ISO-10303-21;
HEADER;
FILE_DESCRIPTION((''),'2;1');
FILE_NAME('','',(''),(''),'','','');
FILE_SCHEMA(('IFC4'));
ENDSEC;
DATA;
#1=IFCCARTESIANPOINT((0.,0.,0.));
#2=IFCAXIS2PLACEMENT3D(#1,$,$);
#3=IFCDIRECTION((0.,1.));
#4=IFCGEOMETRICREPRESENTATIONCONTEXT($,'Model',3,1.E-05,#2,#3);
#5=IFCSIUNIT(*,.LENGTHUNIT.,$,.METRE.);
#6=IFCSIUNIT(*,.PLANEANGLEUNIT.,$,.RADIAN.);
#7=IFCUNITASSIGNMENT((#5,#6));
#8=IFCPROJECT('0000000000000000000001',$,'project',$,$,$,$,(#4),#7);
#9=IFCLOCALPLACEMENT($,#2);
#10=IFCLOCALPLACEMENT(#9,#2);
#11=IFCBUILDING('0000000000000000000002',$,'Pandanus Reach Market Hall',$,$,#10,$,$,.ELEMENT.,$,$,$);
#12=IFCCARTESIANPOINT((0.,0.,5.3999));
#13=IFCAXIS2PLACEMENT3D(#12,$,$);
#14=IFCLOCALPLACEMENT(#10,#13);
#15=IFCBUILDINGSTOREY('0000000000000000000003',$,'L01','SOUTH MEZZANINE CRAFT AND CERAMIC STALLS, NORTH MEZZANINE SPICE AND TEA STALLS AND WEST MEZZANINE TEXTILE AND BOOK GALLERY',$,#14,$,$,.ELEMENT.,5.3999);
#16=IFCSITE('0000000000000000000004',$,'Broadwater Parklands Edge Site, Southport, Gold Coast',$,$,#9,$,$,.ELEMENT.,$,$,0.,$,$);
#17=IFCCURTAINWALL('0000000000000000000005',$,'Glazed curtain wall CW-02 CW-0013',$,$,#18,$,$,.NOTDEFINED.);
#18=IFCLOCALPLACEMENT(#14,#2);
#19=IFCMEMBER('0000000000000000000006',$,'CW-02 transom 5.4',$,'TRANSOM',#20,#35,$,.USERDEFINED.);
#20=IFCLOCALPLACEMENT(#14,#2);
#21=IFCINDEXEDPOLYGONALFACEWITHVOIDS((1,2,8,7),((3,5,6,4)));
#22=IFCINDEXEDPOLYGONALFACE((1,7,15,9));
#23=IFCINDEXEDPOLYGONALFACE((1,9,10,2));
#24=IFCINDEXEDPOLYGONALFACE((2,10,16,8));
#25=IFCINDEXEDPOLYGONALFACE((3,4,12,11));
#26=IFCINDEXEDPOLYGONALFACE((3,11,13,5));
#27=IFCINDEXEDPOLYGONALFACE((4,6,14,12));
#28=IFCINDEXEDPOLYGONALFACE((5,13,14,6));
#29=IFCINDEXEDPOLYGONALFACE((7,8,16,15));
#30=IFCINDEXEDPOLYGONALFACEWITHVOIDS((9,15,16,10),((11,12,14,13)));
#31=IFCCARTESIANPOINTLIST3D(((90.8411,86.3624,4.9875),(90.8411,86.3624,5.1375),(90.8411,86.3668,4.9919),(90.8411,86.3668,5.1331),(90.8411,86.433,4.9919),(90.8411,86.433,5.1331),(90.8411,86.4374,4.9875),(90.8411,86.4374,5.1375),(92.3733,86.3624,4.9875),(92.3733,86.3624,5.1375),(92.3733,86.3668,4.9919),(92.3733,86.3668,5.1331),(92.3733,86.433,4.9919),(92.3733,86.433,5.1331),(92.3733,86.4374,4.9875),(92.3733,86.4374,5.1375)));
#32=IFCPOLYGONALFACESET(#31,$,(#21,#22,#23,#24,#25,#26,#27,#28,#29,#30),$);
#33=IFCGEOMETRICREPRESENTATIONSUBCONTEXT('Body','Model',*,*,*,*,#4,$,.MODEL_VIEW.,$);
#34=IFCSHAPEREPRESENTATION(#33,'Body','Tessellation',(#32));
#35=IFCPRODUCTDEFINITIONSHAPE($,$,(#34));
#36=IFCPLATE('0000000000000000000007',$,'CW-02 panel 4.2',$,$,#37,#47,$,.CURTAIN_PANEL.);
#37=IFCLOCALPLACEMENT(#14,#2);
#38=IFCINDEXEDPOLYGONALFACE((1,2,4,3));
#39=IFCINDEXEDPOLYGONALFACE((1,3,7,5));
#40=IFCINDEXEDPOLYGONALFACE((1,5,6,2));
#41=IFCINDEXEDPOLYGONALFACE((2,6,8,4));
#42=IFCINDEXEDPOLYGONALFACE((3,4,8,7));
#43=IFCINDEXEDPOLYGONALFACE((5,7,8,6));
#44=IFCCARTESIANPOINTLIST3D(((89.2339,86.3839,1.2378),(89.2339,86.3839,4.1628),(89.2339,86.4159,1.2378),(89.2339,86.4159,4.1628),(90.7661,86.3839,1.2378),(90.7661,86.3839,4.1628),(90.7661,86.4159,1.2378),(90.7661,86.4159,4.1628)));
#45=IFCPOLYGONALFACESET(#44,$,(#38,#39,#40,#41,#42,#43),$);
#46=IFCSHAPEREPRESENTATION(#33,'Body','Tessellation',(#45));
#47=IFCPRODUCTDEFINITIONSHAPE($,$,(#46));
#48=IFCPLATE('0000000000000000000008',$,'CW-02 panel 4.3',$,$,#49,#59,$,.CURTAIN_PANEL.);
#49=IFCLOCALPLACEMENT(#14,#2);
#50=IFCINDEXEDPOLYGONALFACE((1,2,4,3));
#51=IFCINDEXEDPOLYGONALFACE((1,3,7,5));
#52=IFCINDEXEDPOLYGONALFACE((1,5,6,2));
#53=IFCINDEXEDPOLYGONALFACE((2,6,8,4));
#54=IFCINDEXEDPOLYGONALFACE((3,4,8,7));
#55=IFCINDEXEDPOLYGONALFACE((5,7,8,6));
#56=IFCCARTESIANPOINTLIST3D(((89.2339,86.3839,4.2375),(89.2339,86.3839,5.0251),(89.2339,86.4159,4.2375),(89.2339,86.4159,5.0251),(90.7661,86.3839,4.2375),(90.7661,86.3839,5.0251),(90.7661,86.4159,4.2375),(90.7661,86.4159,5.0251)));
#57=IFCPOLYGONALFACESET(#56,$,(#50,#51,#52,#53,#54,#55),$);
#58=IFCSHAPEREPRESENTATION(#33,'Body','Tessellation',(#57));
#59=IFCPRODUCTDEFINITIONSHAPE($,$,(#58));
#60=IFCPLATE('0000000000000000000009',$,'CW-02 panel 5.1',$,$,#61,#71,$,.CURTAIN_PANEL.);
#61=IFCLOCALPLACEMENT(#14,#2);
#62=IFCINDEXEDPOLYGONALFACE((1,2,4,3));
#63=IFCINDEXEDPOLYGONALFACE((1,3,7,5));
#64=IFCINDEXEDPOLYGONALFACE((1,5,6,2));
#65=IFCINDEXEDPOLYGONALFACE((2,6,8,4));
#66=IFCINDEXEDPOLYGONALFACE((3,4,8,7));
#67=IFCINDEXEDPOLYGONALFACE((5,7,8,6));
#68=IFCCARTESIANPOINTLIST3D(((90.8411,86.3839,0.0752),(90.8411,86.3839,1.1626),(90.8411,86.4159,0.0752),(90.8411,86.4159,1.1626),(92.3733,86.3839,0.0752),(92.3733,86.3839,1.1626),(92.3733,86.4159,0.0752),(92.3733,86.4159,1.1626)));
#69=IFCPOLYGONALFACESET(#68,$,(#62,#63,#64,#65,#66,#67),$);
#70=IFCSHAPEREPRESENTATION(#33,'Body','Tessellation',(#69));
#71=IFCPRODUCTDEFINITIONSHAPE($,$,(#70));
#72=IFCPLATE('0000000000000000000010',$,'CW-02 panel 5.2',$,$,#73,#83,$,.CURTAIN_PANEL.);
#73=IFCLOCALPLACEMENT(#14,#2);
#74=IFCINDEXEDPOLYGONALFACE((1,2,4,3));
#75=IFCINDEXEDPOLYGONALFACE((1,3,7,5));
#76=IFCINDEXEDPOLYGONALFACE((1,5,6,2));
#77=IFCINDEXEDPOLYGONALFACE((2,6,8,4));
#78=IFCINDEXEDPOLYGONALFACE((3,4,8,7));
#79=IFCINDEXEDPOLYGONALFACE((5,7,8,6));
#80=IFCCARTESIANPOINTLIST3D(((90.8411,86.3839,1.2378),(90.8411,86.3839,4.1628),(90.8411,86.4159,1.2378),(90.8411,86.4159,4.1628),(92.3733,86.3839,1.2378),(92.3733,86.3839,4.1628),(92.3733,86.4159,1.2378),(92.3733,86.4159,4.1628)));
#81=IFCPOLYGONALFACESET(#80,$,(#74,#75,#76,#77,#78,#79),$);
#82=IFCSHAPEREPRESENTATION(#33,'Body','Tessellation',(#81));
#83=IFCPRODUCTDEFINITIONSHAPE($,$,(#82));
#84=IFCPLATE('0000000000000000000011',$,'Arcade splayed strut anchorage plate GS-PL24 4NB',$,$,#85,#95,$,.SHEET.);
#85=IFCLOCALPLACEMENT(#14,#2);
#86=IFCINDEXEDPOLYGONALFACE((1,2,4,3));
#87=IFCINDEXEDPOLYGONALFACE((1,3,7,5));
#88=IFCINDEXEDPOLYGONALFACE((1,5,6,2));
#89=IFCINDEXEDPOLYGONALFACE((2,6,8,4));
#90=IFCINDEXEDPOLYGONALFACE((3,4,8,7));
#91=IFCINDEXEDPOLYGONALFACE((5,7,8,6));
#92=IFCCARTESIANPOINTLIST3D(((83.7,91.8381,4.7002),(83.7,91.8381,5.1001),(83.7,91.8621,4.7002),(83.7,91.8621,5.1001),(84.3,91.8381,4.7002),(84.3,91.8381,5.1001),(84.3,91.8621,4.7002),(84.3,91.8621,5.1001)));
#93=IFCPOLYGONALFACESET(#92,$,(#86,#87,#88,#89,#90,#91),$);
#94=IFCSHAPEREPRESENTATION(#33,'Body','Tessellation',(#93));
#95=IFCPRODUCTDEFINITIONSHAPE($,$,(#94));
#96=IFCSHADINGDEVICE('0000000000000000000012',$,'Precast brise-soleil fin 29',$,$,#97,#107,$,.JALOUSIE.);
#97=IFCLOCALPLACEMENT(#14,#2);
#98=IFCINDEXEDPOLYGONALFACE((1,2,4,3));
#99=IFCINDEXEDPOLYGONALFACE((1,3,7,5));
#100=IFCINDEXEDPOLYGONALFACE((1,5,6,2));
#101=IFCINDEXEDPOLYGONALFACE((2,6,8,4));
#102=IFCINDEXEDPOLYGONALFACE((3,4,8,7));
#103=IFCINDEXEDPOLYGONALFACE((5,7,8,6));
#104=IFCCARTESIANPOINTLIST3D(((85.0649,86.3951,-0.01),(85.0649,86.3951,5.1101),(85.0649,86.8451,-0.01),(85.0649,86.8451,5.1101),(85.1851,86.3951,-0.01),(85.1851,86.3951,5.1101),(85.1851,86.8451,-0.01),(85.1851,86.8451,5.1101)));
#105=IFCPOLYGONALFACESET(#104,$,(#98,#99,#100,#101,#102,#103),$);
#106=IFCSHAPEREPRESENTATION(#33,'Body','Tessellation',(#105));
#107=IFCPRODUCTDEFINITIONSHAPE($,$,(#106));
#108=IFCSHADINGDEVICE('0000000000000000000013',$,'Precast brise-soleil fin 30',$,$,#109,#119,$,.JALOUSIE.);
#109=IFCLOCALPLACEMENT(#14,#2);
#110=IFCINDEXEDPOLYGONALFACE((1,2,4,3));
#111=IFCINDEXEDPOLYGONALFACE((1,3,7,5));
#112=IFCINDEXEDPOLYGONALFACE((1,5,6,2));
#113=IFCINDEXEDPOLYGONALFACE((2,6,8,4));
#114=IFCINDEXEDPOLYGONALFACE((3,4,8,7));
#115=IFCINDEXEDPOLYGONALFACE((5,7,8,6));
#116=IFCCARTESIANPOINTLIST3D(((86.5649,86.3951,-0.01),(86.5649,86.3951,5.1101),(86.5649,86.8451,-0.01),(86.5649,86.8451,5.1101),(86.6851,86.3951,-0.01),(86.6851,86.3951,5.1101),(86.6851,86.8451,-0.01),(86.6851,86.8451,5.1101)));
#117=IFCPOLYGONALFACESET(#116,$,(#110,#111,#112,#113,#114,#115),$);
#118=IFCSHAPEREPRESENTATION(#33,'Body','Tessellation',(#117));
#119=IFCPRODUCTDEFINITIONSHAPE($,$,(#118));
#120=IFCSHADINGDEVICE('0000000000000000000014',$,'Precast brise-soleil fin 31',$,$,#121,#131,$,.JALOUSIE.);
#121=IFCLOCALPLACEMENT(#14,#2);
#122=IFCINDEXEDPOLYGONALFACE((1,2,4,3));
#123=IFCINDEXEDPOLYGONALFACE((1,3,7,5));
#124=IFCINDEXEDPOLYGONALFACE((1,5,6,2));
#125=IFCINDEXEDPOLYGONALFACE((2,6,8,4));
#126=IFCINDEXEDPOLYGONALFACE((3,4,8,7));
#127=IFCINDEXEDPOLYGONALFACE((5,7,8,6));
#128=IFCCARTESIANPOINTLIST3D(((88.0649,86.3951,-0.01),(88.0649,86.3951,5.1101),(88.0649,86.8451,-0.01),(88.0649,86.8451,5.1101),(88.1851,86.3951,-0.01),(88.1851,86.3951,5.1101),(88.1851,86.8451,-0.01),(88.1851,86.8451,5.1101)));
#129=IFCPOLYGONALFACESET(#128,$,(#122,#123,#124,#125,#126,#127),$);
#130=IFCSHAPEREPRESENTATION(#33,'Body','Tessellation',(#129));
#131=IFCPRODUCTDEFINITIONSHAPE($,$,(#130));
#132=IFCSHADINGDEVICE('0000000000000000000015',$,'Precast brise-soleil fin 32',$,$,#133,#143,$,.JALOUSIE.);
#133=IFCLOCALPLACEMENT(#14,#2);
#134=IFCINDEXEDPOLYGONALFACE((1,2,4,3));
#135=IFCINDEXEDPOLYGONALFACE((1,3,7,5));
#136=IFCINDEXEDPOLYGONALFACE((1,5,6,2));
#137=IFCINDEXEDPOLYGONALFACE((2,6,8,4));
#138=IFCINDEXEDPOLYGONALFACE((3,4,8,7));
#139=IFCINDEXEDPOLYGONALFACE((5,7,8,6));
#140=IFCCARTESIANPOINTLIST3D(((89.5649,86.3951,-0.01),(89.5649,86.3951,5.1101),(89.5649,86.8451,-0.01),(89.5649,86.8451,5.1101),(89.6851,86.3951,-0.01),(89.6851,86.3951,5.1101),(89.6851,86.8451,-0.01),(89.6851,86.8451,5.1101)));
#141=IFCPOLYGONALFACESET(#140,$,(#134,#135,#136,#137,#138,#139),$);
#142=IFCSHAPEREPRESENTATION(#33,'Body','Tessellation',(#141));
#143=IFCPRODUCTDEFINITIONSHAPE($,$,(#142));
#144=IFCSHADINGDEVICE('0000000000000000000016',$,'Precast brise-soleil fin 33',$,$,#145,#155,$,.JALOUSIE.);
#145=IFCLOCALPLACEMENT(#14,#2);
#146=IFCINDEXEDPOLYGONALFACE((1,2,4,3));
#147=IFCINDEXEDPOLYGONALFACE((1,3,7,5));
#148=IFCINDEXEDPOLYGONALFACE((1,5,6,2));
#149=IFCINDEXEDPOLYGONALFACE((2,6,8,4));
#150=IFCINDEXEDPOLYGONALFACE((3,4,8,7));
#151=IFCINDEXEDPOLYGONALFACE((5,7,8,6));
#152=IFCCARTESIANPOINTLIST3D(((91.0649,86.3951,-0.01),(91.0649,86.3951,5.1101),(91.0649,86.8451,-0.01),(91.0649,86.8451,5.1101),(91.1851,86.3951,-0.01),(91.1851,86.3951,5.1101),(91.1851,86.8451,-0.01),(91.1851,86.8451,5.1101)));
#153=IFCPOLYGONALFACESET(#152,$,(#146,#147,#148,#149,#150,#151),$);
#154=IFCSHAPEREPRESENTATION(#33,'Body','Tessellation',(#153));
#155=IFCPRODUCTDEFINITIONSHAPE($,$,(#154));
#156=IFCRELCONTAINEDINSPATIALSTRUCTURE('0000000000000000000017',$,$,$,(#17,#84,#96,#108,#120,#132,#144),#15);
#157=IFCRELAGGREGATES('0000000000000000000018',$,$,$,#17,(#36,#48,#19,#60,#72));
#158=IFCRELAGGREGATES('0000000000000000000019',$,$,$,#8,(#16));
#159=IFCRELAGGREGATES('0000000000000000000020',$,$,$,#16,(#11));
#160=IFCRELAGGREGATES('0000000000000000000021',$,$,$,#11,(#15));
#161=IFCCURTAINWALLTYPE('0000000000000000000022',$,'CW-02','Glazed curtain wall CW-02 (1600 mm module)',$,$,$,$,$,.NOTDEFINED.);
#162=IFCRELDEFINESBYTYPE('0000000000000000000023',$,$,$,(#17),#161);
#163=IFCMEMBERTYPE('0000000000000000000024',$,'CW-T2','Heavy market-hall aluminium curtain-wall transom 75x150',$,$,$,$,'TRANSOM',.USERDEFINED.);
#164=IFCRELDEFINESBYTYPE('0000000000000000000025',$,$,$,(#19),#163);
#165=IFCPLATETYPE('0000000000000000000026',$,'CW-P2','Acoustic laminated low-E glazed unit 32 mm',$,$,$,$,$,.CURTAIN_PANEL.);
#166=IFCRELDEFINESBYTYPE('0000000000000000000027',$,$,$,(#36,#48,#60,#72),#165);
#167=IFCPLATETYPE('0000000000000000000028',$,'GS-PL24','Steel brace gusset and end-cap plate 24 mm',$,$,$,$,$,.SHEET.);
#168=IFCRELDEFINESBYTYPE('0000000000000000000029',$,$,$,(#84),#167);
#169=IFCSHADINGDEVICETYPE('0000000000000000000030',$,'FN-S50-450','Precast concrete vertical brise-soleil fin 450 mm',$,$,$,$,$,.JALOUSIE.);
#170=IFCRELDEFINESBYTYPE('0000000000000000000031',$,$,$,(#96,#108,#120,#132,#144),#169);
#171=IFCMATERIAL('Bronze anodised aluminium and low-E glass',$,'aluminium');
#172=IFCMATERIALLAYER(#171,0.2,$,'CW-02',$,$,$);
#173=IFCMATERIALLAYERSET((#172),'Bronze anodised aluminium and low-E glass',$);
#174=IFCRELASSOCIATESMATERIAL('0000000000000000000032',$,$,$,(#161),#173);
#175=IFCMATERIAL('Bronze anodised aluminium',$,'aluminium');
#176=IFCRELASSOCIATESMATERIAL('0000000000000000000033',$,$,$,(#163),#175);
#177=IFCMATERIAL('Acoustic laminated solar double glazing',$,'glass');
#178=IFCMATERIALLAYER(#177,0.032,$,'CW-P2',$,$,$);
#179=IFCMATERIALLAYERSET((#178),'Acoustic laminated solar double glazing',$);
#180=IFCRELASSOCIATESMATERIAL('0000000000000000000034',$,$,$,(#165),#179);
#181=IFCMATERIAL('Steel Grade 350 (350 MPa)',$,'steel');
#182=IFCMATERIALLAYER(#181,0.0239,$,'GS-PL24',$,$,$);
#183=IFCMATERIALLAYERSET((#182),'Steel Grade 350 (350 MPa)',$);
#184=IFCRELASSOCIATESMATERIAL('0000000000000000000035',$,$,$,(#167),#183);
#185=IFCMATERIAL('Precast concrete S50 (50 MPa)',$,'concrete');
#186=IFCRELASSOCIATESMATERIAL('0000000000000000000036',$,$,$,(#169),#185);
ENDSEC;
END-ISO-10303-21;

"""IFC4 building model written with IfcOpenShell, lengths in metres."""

from ifc_helpers import new_model, si_unit, direction, frame, origin, origin_2d, place, context, subcontext, project, spatial, rectangle, hollow_rectangle, extrude, material, layer, layer_set, material_profile, profile_set, type_object, element, aggregate, save


model = new_model("IFC4")

# Units and contexts
model_context = context("Model", 3, precision=1e-05, world=origin(), true_north=direction((0.0, 1.0)))
body_context = subcontext(model_context, "Body", "Model", "MODEL_VIEW")
ifc_project = project(units=[si_unit("LENGTHUNIT", "METRE"), si_unit("PLANEANGLEUNIT", "RADIAN")], contexts=[model_context])

# Site, building, storey
site_placement = place(None, origin())
site = spatial("IfcSite", under=ifc_project, at=site_placement, Name="Broadwater Parklands Edge Site, Southport, Gold Coast", CompositionType="ELEMENT", RefElevation=0.0)
building_placement = place(site_placement, origin())
building = spatial("IfcBuilding", under=site, at=building_placement, Name="Pandanus Reach Market Hall", CompositionType="ELEMENT")
storey_placement = place(building_placement, frame((0.0, 0.0, 5.3999)))
storey = spatial("IfcBuildingStorey", under=building, at=storey_placement, Name="L01", Description="SOUTH MEZZANINE CRAFT AND CERAMIC STALLS, NORTH MEZZANINE SPICE AND TEA STALLS AND WEST MEZZANINE TEXTILE AND BOOK GALLERY", CompositionType="ELEMENT", Elevation=5.3999)

# Shared definitions
ifc_material_1 = material(Name="Precast concrete S50 (50 MPa)", Category="concrete")

# Shared definitions
ifc_material_2 = material(Name="Steel Grade 350 (350 MPa)", Category="steel")

# Curtain wall, member, plates
ifc_material_3 = material(Name="Bronze anodised aluminium and low-E glass", Category="aluminium")
ifc_layer_1 = layer(ifc_material_3, 0.2, Name="CW-02")
ifc_layer_set_1 = layer_set([ifc_layer_1], Name="Bronze anodised aluminium and low-E glass")
curtain_wall_type = type_object("IfcCurtainWallType", Name="CW-02", Description="Glazed curtain wall CW-02 (1600 mm module)", PredefinedType="NOTDEFINED", material=ifc_layer_set_1)
curtain_wall_placement = place(storey_placement, origin())
curtain_wall = element("IfcCurtainWall", 1, at=curtain_wall_placement, inside=storey, type_object=curtain_wall_type, Name="Glazed curtain wall CW-02 CW-0013", PredefinedType="NOTDEFINED")
ifc_material_4 = material(Name="Bronze anodised aluminium", Category="aluminium")
ifc_material_profile_1 = material_profile(ifc_material_4, hollow_rectangle(XDim=0.075, YDim=0.1499, WallThickness=0.0044, at=origin_2d()), Name="ALU75x150", Category="LoadBearing")
ifc_profile_set_1 = profile_set([ifc_material_profile_1], Name="Bronze anodised aluminium")
member_type_1 = type_object("IfcMemberType", Name="CW-T2", Description="Heavy market-hall aluminium curtain-wall transom 75x150", ElementType="TRANSOM", PredefinedType="USERDEFINED", material=ifc_profile_set_1)
member_1_placement = place(storey_placement, frame((90.8411, 86.3999, 5.0625), z_axis=(1.0, 0.0, 0.0), x_axis=(0.0, 1.0, 0.0)))
member_1 = element("IfcMember", 2, at=member_1_placement, type_object=member_type_1, Name="CW-02 transom 5.4", ObjectType="TRANSOM", PredefinedType="USERDEFINED", context=body_context, shape_type="SweptSolid", body=[
    extrude(hollow_rectangle(XDim=0.075, YDim=0.1499, WallThickness=0.0044, at=origin_2d()), origin(), (0.0, 0.0, 1.0), 1.5322),
])
ifc_material_5 = material(Name="Acoustic laminated solar double glazing", Category="glass")
ifc_layer_2 = layer(ifc_material_5, 0.032, Name="CW-P2")
ifc_layer_set_2 = layer_set([ifc_layer_2], Name="Acoustic laminated solar double glazing")
plate_type_1 = type_object("IfcPlateType", Name="CW-P2", Description="Acoustic laminated low-E glazed unit 32 mm", PredefinedType="CURTAIN_PANEL", material=ifc_layer_set_2)
plate_1_placement = place(storey_placement, frame((90.0, 86.3999, 1.2378), z_axis=(0.0, 0.0, 1.0), x_axis=(1.0, 0.0, 0.0)))
plate_1 = element("IfcPlate", 3, at=plate_1_placement, type_object=plate_type_1, Name="CW-02 panel 4.2", PredefinedType="CURTAIN_PANEL", context=body_context, shape_type="SweptSolid", body=[
    extrude(rectangle(XDim=1.5322, YDim=0.032, at=origin_2d()), origin(), (0.0, 0.0, 1.0), 2.925),
])
plate_2_placement = place(storey_placement, frame((90.0, 86.3999, 4.2375), z_axis=(0.0, 0.0, 1.0), x_axis=(1.0, 0.0, 0.0)))
plate_2 = element("IfcPlate", 4, at=plate_2_placement, type_object=plate_type_1, Name="CW-02 panel 4.3", PredefinedType="CURTAIN_PANEL", context=body_context, shape_type="SweptSolid", body=[
    extrude(rectangle(XDim=1.5322, YDim=0.032, at=origin_2d()), origin(), (0.0, 0.0, 1.0), 0.7876),
])
plate_3_placement = place(storey_placement, frame((91.6072, 86.3999, 0.0752), z_axis=(0.0, 0.0, 1.0), x_axis=(1.0, 0.0, 0.0)))
plate_3 = element("IfcPlate", 5, at=plate_3_placement, type_object=plate_type_1, Name="CW-02 panel 5.1", PredefinedType="CURTAIN_PANEL", context=body_context, shape_type="SweptSolid", body=[
    extrude(rectangle(XDim=1.5322, YDim=0.032, at=origin_2d()), origin(), (0.0, 0.0, 1.0), 1.0874),
])
plate_4_placement = place(storey_placement, frame((91.6072, 86.3999, 1.2378), z_axis=(0.0, 0.0, 1.0), x_axis=(1.0, 0.0, 0.0)))
plate_4 = element("IfcPlate", 6, at=plate_4_placement, type_object=plate_type_1, Name="CW-02 panel 5.2", PredefinedType="CURTAIN_PANEL", context=body_context, shape_type="SweptSolid", body=[
    extrude(rectangle(XDim=1.5322, YDim=0.032, at=origin_2d()), origin(), (0.0, 0.0, 1.0), 2.925),
])
aggregate(curtain_wall, [plate_1, plate_2, member_1, plate_3, plate_4])

# Plate
ifc_layer_3 = layer(ifc_material_2, 0.0239, Name="GS-PL24")
ifc_layer_set_3 = layer_set([ifc_layer_3], Name="Steel Grade 350 (350 MPa)")
plate_type_2 = type_object("IfcPlateType", Name="GS-PL24", Description="Steel brace gusset and end-cap plate 24 mm", PredefinedType="SHEET", material=ifc_layer_set_3)
plate_5_placement = place(storey_placement, frame((84.0, 91.8501, 4.7002), z_axis=(0.0, 0.0, 1.0), x_axis=(1.0, 0.0, 0.0)))
element("IfcPlate", 7, at=plate_5_placement, inside=storey, type_object=plate_type_2, Name="Arcade splayed strut anchorage plate GS-PL24 4NB", PredefinedType="SHEET", context=body_context, shape_type="SweptSolid", body=[
    extrude(rectangle(XDim=0.6001, YDim=0.0239, at=origin_2d()), origin(), (0.0, 0.0, 1.0), 0.3999),
])

# Shading devices
shading_device_type = type_object("IfcShadingDeviceType", Name="FN-S50-450", Description="Precast concrete vertical brise-soleil fin 450 mm", PredefinedType="JALOUSIE", material=ifc_material_1)
for number, where, z_axis, x_axis, name in (
    (8, (85.125, 86.6201, -0.01), (0.0, 0.0, 1.0), (0.0, 1.0, 0.0), "Precast brise-soleil fin 29"),
    (9, (86.625, 86.6201, -0.01), (0.0, 0.0, 1.0), (0.0, 1.0, 0.0), "Precast brise-soleil fin 30"),
    (10, (88.125, 86.6201, -0.01), (0.0, 0.0, 1.0), (0.0, 1.0, 0.0), "Precast brise-soleil fin 31"),
    (11, (89.625, 86.6201, -0.01), (0.0, 0.0, 1.0), (0.0, 1.0, 0.0), "Precast brise-soleil fin 32"),
    (12, (91.125, 86.6201, -0.01), (0.0, 0.0, 1.0), (0.0, 1.0, 0.0), "Precast brise-soleil fin 33"),
):
    element("IfcShadingDevice", number, at=place(storey_placement, frame(where, z_axis=z_axis, x_axis=x_axis)), inside=storey, type_object=shading_device_type, Name=name, PredefinedType="JALOUSIE", context=body_context, shape_type="SweptSolid", body=[
        extrude(rectangle(XDim=0.45, YDim=0.1201, at=origin_2d()), origin(), (0.0, 0.0, 1.0), 5.1201),
    ])

save(model, "model.ifc")
